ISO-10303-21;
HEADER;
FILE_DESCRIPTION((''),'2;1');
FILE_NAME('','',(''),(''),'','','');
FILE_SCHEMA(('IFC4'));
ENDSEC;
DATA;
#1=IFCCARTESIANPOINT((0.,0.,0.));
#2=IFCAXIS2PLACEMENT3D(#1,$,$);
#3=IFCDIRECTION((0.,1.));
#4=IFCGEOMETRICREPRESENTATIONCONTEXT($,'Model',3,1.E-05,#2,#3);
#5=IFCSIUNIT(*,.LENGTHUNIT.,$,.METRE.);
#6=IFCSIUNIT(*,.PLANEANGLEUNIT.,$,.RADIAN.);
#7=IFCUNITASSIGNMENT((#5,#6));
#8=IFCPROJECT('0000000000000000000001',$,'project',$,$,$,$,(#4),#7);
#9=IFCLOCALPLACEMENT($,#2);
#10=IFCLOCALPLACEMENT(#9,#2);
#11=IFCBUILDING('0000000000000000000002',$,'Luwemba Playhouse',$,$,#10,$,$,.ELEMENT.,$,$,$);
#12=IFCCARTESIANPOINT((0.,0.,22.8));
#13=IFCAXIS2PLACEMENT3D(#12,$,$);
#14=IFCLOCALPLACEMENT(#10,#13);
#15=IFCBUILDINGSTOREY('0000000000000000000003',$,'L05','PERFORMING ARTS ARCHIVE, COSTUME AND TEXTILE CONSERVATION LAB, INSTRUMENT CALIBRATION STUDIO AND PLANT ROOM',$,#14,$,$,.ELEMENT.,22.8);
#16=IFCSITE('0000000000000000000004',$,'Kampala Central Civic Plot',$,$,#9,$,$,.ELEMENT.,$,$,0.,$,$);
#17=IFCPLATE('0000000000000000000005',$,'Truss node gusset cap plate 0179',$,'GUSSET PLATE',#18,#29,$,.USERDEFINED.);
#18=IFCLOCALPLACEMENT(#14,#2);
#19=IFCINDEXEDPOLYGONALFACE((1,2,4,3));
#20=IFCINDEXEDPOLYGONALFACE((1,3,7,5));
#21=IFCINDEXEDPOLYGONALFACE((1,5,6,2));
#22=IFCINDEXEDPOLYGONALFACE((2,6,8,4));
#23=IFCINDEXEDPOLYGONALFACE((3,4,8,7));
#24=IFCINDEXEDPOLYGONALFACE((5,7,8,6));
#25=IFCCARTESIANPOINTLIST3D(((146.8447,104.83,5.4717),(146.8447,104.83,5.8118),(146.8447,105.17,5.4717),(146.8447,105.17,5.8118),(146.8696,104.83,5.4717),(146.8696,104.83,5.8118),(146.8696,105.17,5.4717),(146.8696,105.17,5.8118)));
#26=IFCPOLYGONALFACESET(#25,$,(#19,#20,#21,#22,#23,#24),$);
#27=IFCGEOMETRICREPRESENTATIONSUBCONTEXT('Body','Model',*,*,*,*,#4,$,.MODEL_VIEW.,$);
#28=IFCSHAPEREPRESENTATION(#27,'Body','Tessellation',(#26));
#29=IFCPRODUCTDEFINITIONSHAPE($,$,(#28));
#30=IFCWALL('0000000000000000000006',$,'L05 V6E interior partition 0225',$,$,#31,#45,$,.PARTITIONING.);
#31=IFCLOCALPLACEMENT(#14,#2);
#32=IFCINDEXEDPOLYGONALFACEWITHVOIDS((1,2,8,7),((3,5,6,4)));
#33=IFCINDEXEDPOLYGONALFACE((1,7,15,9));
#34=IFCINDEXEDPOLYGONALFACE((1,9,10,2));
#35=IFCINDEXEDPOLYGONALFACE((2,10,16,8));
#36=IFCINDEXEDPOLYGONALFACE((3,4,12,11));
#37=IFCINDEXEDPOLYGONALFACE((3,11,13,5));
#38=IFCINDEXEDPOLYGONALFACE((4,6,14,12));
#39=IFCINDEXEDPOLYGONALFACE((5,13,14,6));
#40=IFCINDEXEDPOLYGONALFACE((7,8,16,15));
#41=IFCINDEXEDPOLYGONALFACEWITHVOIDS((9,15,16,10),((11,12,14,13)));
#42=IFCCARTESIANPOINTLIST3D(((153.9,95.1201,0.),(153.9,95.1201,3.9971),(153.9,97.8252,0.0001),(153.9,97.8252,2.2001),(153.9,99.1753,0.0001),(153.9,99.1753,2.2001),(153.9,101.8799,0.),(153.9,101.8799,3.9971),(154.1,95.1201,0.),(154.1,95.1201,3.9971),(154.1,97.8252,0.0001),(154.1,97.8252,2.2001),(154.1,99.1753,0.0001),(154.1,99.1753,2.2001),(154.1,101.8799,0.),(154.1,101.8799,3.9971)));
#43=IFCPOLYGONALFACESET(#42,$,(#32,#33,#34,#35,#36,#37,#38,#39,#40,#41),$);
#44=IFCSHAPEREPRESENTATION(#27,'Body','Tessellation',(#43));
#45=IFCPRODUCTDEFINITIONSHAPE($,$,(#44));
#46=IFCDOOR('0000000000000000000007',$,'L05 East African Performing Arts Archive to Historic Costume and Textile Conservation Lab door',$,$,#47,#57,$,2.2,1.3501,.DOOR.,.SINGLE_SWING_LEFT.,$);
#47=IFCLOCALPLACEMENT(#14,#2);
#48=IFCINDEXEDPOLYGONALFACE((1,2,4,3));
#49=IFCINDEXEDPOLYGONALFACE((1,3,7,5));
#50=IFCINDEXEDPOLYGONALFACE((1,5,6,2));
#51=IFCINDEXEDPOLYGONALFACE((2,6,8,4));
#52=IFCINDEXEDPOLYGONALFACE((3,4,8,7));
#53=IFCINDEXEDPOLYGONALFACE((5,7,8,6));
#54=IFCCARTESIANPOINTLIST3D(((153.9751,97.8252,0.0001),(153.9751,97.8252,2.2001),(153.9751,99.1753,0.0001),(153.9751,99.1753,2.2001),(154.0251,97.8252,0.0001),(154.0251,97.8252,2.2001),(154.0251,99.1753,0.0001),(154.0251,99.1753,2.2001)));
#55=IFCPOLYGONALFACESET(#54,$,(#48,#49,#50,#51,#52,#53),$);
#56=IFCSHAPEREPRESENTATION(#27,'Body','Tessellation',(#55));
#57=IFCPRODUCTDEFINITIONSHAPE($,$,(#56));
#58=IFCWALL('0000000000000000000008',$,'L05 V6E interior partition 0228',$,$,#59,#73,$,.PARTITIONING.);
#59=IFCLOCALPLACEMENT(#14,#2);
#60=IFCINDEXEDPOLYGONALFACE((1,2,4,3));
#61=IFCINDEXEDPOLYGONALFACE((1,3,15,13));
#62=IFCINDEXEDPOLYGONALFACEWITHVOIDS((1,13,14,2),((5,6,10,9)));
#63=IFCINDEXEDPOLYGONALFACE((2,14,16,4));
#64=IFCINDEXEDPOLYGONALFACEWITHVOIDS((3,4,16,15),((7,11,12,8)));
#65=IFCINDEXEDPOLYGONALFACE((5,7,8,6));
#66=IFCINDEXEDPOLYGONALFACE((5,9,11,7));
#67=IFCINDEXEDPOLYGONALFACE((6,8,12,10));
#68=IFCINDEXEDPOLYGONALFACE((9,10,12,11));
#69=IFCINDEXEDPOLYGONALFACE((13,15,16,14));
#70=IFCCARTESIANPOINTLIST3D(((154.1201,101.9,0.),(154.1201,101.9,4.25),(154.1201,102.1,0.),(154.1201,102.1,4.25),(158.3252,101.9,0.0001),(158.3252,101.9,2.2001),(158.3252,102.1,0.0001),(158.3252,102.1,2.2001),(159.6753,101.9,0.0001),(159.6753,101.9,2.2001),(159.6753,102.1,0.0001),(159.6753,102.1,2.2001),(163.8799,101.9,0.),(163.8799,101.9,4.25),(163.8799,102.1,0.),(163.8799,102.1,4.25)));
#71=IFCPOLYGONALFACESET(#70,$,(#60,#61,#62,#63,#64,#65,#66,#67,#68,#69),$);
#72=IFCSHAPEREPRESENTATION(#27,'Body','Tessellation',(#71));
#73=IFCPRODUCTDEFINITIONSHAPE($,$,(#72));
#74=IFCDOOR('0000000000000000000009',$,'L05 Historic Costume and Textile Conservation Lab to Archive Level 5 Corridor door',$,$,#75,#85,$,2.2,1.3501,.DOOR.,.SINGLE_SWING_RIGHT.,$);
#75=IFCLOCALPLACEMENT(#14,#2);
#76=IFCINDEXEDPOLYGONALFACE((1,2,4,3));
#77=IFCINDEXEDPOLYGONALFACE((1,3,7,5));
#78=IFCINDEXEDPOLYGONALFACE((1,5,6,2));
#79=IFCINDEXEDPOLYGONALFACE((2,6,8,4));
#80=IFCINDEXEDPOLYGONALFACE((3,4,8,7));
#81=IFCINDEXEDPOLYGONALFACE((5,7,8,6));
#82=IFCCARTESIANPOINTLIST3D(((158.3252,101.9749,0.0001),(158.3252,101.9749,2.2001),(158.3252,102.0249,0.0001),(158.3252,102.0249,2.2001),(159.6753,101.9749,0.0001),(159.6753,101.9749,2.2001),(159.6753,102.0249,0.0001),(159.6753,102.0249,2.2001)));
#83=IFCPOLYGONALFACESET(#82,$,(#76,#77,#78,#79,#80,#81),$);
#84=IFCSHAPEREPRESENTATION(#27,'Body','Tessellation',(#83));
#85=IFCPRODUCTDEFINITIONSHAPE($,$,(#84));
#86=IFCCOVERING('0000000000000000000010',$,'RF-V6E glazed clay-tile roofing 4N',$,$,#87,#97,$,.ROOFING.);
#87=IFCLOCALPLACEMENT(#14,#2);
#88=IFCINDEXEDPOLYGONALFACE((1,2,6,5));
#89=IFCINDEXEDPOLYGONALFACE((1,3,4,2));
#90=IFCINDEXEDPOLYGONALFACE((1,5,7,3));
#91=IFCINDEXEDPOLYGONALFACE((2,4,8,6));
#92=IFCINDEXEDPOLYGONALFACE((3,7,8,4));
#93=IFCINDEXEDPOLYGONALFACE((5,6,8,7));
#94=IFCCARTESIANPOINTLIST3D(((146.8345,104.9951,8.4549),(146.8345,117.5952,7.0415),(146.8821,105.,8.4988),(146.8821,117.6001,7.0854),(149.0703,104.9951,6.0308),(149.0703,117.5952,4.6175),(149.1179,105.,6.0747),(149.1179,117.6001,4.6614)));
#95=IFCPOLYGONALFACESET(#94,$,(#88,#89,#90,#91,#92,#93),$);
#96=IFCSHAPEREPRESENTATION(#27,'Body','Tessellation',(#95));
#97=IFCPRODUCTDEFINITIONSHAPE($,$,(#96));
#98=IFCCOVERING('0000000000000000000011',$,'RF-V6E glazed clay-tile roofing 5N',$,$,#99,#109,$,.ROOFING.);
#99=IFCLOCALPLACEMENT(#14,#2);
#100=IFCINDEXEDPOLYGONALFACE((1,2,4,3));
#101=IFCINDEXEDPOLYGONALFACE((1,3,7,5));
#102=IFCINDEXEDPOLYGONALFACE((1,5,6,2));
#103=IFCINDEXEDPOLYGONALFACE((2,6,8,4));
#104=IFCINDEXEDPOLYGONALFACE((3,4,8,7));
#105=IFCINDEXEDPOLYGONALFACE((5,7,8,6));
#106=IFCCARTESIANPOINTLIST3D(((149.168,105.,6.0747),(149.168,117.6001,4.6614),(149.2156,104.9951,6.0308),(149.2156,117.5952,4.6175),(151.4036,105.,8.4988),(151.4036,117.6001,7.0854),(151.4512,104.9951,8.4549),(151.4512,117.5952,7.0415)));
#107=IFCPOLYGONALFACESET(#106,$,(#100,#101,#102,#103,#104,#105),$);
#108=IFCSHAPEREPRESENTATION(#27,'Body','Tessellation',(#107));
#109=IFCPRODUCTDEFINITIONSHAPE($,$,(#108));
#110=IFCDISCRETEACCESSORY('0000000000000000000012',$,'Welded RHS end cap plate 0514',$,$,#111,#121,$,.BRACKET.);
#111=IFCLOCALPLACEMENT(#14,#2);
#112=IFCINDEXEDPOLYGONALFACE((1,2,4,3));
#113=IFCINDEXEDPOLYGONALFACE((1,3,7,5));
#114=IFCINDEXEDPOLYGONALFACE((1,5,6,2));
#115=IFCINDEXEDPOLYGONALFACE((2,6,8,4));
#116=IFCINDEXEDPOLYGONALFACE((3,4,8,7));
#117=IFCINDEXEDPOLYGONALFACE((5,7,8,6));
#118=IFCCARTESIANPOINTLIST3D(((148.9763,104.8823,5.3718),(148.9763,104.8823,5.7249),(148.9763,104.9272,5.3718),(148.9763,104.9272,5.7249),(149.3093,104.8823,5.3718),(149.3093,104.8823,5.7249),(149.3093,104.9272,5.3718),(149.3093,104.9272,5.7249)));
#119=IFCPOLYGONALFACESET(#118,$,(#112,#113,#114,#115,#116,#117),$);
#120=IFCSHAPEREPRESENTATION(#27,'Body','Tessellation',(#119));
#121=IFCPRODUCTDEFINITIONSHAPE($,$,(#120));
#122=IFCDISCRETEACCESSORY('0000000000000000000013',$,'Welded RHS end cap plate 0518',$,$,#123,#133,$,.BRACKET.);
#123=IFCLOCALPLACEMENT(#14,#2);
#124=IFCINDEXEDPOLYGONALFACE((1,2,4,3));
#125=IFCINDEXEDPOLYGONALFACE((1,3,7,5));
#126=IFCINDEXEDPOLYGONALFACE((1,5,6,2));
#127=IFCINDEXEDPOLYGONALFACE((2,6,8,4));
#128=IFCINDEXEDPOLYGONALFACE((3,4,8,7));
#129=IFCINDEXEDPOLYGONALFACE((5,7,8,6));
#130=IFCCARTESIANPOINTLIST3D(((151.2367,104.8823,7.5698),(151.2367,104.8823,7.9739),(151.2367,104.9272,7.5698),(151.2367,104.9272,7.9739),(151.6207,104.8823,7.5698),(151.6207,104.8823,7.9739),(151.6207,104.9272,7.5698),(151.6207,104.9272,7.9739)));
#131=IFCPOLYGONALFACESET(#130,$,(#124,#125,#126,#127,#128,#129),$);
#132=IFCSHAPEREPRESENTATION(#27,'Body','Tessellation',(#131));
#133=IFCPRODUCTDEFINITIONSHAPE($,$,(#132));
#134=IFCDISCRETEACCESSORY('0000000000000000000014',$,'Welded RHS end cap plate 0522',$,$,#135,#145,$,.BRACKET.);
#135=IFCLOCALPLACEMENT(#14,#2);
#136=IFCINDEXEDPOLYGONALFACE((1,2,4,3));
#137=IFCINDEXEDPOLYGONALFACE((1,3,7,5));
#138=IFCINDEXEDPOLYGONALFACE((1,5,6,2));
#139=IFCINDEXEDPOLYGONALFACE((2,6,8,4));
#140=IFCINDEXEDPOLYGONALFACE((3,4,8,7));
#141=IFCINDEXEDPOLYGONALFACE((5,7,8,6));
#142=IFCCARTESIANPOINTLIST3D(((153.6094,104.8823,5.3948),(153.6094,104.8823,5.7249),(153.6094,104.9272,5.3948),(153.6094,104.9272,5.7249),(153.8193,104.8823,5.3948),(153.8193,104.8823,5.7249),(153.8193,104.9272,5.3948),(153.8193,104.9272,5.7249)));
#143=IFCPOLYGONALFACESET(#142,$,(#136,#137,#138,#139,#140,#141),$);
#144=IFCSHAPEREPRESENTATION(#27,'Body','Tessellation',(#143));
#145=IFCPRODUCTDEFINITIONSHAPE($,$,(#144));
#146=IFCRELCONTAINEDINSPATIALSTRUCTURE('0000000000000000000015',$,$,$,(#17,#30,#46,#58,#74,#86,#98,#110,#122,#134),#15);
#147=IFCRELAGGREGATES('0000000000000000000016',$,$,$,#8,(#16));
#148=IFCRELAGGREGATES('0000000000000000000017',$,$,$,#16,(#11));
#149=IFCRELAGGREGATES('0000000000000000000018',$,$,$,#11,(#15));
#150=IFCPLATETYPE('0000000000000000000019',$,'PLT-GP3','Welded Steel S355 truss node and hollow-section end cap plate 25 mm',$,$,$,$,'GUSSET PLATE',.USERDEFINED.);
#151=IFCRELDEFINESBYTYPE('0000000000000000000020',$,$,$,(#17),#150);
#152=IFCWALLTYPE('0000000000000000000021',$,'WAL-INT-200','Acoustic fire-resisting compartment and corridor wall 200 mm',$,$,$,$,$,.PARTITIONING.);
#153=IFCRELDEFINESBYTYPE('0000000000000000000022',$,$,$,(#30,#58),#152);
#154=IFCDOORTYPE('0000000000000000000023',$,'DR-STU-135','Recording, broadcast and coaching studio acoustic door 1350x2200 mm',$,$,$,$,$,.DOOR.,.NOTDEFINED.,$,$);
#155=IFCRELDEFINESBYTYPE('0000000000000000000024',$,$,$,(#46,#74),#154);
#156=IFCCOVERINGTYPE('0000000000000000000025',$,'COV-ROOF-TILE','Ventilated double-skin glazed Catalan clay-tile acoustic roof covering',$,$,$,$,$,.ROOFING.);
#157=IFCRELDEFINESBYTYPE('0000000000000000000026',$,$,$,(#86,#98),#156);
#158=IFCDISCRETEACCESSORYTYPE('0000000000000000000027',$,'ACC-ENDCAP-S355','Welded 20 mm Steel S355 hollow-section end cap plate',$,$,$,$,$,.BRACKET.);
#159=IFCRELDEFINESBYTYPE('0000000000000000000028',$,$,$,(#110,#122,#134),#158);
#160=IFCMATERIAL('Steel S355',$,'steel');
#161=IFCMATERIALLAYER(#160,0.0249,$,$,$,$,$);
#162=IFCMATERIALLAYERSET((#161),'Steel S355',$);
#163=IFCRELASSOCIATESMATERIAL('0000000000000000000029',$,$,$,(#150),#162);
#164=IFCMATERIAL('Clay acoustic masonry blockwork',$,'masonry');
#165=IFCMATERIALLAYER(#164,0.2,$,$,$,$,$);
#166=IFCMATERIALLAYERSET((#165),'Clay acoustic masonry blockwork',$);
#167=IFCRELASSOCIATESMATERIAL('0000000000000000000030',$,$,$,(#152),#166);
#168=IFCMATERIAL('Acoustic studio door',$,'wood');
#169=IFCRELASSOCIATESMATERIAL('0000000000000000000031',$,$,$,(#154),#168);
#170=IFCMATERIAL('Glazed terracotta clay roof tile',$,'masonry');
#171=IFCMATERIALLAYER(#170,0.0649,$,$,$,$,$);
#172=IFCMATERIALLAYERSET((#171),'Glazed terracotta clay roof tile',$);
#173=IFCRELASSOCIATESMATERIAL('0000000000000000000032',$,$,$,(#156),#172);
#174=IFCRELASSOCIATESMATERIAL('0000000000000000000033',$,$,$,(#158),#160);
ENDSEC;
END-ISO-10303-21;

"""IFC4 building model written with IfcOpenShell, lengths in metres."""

from ifc_helpers import new_model, si_unit, direction, frame, frame_2d, origin, origin_2d, place, context, subcontext, project, spatial, polyline, rectangle, outline, extrude, material, layer, layer_set, type_object, element, fill, save


model = new_model("IFC4")

# Units and contexts
model_context = context("Model", 3, precision=1e-05, world=origin(), true_north=direction((0.0, 1.0)))
body_context = subcontext(model_context, "Body", "Model", "MODEL_VIEW")
ifc_project = project(units=[si_unit("LENGTHUNIT", "METRE"), si_unit("PLANEANGLEUNIT", "RADIAN")], contexts=[model_context])

# Site, building, storey
site_placement = place(None, origin())
site = spatial("IfcSite", under=ifc_project, at=site_placement, Name="Kampala Central Civic Plot", CompositionType="ELEMENT", RefElevation=0.0)
building_placement = place(site_placement, origin())
building = spatial("IfcBuilding", under=site, at=building_placement, Name="Luwemba Playhouse", CompositionType="ELEMENT")
storey_placement = place(building_placement, frame((0.0, 0.0, 22.8)))
storey = spatial("IfcBuildingStorey", under=building, at=storey_placement, Name="L05", Description="PERFORMING ARTS ARCHIVE, COSTUME AND TEXTILE CONSERVATION LAB, INSTRUMENT CALIBRATION STUDIO AND PLANT ROOM", CompositionType="ELEMENT", Elevation=22.8)

# Shared definitions
ifc_material_1 = material(Name="Steel S355", Category="steel")

# Plate
ifc_layer_1 = layer(ifc_material_1, 0.0249)
ifc_layer_set_1 = layer_set([ifc_layer_1], Name="Steel S355")
plate_type = type_object("IfcPlateType", Name="PLT-GP3", Description="Welded Steel S355 truss node and hollow-section end cap plate 25 mm", ElementType="GUSSET PLATE", PredefinedType="USERDEFINED", material=ifc_layer_set_1)
plate_placement = place(storey_placement, frame((146.8572, 105.0, 5.4717), z_axis=(0.0, 0.0, 1.0), x_axis=(1.0, 0.0, 0.0)))
element("IfcPlate", 1, at=plate_placement, inside=storey, type_object=plate_type, Name="Truss node gusset cap plate 0179", ObjectType="GUSSET PLATE", PredefinedType="USERDEFINED", context=body_context, shape_type="SweptSolid", body=[
    extrude(rectangle(XDim=0.0249, YDim=0.3401, at=origin_2d()), origin(), (0.0, 0.0, 1.0), 0.3401),
])

# Walls, openings, doors
ifc_material_2 = material(Name="Clay acoustic masonry blockwork", Category="masonry")
ifc_layer_2 = layer(ifc_material_2, 0.2)
ifc_layer_set_2 = layer_set([ifc_layer_2], Name="Clay acoustic masonry blockwork")
wall_type = type_object("IfcWallType", Name="WAL-INT-200", Description="Acoustic fire-resisting compartment and corridor wall 200 mm", PredefinedType="PARTITIONING", material=ifc_layer_set_2)
wall_1_placement = place(storey_placement, frame((154.0, 95.1201, 0.0), z_axis=(0.0, 0.0, 1.0), x_axis=(0.0, 1.0, 0.0)))
wall_1 = element("IfcWall", 2, at=wall_1_placement, inside=storey, type_object=wall_type, Name="L05 V6E interior partition 0225", PredefinedType="PARTITIONING", context=body_context, shape_type="SweptSolid", body=[
    extrude(rectangle(XDim=6.7598, YDim=0.2, at=frame_2d((3.3799, 0.0))), origin(), (0.0, 0.0, 1.0), 3.9971),
])
opening_1_placement = place(wall_1_placement, frame((2.7051, 0.0, 0.0)))
opening_1 = element("IfcOpeningElement", 3, at=opening_1_placement, cuts=wall_1, PredefinedType="OPENING", context=body_context, shape_type="SweptSolid", body=[
    extrude(rectangle(XDim=1.3501, YDim=2.2, at=frame_2d((0.675, 1.1001))), frame((0.0, 0.1099, 0.0), z_axis=(0.0, -1.0, 0.0), x_axis=(1.0, 0.0, 0.0)), (0.0, 0.0, 1.0), 0.22),
])
ifc_material_3 = material(Name="Acoustic studio door", Category="wood")
door_type = type_object("IfcDoorType", Name="DR-STU-135", Description="Recording, broadcast and coaching studio acoustic door 1350x2200 mm", OperationType="NOTDEFINED", PredefinedType="DOOR", material=ifc_material_3)
door_1_placement = place(opening_1_placement, origin())
door_1 = element("IfcDoor", 4, at=door_1_placement, inside=storey, type_object=door_type, Name="L05 East African Performing Arts Archive to Historic Costume and Textile Conservation Lab door", OperationType="SINGLE_SWING_LEFT", OverallHeight=2.2, OverallWidth=1.3501, PredefinedType="DOOR", context=body_context, shape_type="SweptSolid", body=[
    extrude(rectangle(XDim=1.3501, YDim=2.2, at=frame_2d((0.675, 1.1001))), frame((0.0, 0.0249, 0.0), z_axis=(0.0, -1.0, 0.0), x_axis=(1.0, 0.0, 0.0)), (0.0, 0.0, 1.0), 0.05),
])
fill(opening_1, door_1)
wall_2_placement = place(storey_placement, frame((154.1201, 102.0, 0.0), z_axis=(0.0, 0.0, 1.0), x_axis=(1.0, 0.0, 0.0)))
wall_2 = element("IfcWall", 5, at=wall_2_placement, inside=storey, type_object=wall_type, Name="L05 V6E interior partition 0228", PredefinedType="PARTITIONING", context=body_context, shape_type="SweptSolid", body=[
    extrude(rectangle(XDim=9.7598, YDim=0.2, at=frame_2d((4.8799, 0.0))), origin(), (0.0, 0.0, 1.0), 4.25),
])
opening_2_placement = place(wall_2_placement, frame((4.2051, 0.0, 0.0)))
opening_2 = element("IfcOpeningElement", 6, at=opening_2_placement, cuts=wall_2, PredefinedType="OPENING", context=body_context, shape_type="SweptSolid", body=[
    extrude(rectangle(XDim=1.3501, YDim=2.2, at=frame_2d((0.675, 1.1001))), frame((0.0, 0.1099, 0.0), z_axis=(0.0, -1.0, 0.0), x_axis=(1.0, 0.0, 0.0)), (0.0, 0.0, 1.0), 0.22),
])
door_2_placement = place(opening_2_placement, origin())
door_2 = element("IfcDoor", 7, at=door_2_placement, inside=storey, type_object=door_type, Name="L05 Historic Costume and Textile Conservation Lab to Archive Level 5 Corridor door", OperationType="SINGLE_SWING_RIGHT", OverallHeight=2.2, OverallWidth=1.3501, PredefinedType="DOOR", context=body_context, shape_type="SweptSolid", body=[
    extrude(rectangle(XDim=1.3501, YDim=2.2, at=frame_2d((0.675, 1.1001))), frame((0.0, 0.0249, 0.0), z_axis=(0.0, -1.0, 0.0), x_axis=(1.0, 0.0, 0.0)), (0.0, 0.0, 1.0), 0.05),
])
fill(opening_2, door_2)

# Coverings
ifc_material_4 = material(Name="Glazed terracotta clay roof tile", Category="masonry")
ifc_layer_3 = layer(ifc_material_4, 0.0649)
ifc_layer_set_3 = layer_set([ifc_layer_3], Name="Glazed terracotta clay roof tile")
covering_type = type_object("IfcCoveringType", Name="COV-ROOF-TILE", Description="Ventilated double-skin glazed Catalan clay-tile acoustic roof covering", PredefinedType="ROOFING", material=ifc_layer_set_3)
covering_1_placement = place(storey_placement, frame((146.8821, 105.0, 8.4988), z_axis=(0.732954, 0.07583, 0.676039), x_axis=(0.677991, 0.0, -0.73507)))
element("IfcCovering", 8, at=covering_1_placement, inside=storey, type_object=covering_type, Name="RF-V6E glazed clay-tile roofing 4N", PredefinedType="ROOFING", context=body_context, shape_type="SweptSolid", body=[
    extrude(outline(polyline([(0.0, 0.0), (3.2977, 0.0), (4.3366, 12.6365), (1.0389, 12.6365), (0.0, 0.0)])), origin(), (0.0, 0.0, -1.0), 0.0649),
])
covering_2_placement = place(storey_placement, frame((149.168, 105.0, 6.0747), z_axis=(-0.732991, 0.075826, 0.675999), x_axis=(0.677951, 0.0, 0.735107)))
element("IfcCovering", 9, at=covering_2_placement, inside=storey, type_object=covering_type, Name="RF-V6E glazed clay-tile roofing 5N", PredefinedType="ROOFING", context=body_context, shape_type="SweptSolid", body=[
    extrude(outline(polyline([(0.0, 0.0), (3.2976, 0.0), (2.2586, 12.6365), (-1.0389, 12.6365), (0.0, 0.0)])), origin(), (0.0, 0.0, -1.0), 0.0649),
])

# Discrete accessories
discrete_accessory_type = type_object("IfcDiscreteAccessoryType", Name="ACC-ENDCAP-S355", Description="Welded 20 mm Steel S355 hollow-section end cap plate", PredefinedType="BRACKET", material=ifc_material_1)
discrete_accessory_1_placement = place(storey_placement, frame((149.1428, 104.9048, 5.3718), z_axis=(0.0, 0.0, 1.0), x_axis=(1.0, 0.0, 0.0)))
element("IfcDiscreteAccessory", 10, at=discrete_accessory_1_placement, inside=storey, type_object=discrete_accessory_type, Name="Welded RHS end cap plate 0514", PredefinedType="BRACKET", context=body_context, shape_type="SweptSolid", body=[
    extrude(rectangle(XDim=0.333, YDim=0.0449, at=origin_2d()), origin(), (0.0, 0.0, 1.0), 0.353),
])
discrete_accessory_2_placement = place(storey_placement, frame((151.4287, 104.9048, 7.5698), z_axis=(0.0, 0.0, 1.0), x_axis=(1.0, 0.0, 0.0)))
element("IfcDiscreteAccessory", 11, at=discrete_accessory_2_placement, inside=storey, type_object=discrete_accessory_type, Name="Welded RHS end cap plate 0518", PredefinedType="BRACKET", context=body_context, shape_type="SweptSolid", body=[
    extrude(rectangle(XDim=0.384, YDim=0.0449, at=origin_2d()), origin(), (0.0, 0.0, 1.0), 0.4041),
])
discrete_accessory_3_placement = place(storey_placement, frame((153.7144, 104.9048, 5.3948), z_axis=(0.0, 0.0, 1.0), x_axis=(1.0, 0.0, 0.0)))
element("IfcDiscreteAccessory", 12, at=discrete_accessory_3_placement, inside=storey, type_object=discrete_accessory_type, Name="Welded RHS end cap plate 0522", PredefinedType="BRACKET", context=body_context, shape_type="SweptSolid", body=[
    extrude(rectangle(XDim=0.21, YDim=0.0449, at=origin_2d()), origin(), (0.0, 0.0, 1.0), 0.3301),
])

save(model, "model.ifc")
